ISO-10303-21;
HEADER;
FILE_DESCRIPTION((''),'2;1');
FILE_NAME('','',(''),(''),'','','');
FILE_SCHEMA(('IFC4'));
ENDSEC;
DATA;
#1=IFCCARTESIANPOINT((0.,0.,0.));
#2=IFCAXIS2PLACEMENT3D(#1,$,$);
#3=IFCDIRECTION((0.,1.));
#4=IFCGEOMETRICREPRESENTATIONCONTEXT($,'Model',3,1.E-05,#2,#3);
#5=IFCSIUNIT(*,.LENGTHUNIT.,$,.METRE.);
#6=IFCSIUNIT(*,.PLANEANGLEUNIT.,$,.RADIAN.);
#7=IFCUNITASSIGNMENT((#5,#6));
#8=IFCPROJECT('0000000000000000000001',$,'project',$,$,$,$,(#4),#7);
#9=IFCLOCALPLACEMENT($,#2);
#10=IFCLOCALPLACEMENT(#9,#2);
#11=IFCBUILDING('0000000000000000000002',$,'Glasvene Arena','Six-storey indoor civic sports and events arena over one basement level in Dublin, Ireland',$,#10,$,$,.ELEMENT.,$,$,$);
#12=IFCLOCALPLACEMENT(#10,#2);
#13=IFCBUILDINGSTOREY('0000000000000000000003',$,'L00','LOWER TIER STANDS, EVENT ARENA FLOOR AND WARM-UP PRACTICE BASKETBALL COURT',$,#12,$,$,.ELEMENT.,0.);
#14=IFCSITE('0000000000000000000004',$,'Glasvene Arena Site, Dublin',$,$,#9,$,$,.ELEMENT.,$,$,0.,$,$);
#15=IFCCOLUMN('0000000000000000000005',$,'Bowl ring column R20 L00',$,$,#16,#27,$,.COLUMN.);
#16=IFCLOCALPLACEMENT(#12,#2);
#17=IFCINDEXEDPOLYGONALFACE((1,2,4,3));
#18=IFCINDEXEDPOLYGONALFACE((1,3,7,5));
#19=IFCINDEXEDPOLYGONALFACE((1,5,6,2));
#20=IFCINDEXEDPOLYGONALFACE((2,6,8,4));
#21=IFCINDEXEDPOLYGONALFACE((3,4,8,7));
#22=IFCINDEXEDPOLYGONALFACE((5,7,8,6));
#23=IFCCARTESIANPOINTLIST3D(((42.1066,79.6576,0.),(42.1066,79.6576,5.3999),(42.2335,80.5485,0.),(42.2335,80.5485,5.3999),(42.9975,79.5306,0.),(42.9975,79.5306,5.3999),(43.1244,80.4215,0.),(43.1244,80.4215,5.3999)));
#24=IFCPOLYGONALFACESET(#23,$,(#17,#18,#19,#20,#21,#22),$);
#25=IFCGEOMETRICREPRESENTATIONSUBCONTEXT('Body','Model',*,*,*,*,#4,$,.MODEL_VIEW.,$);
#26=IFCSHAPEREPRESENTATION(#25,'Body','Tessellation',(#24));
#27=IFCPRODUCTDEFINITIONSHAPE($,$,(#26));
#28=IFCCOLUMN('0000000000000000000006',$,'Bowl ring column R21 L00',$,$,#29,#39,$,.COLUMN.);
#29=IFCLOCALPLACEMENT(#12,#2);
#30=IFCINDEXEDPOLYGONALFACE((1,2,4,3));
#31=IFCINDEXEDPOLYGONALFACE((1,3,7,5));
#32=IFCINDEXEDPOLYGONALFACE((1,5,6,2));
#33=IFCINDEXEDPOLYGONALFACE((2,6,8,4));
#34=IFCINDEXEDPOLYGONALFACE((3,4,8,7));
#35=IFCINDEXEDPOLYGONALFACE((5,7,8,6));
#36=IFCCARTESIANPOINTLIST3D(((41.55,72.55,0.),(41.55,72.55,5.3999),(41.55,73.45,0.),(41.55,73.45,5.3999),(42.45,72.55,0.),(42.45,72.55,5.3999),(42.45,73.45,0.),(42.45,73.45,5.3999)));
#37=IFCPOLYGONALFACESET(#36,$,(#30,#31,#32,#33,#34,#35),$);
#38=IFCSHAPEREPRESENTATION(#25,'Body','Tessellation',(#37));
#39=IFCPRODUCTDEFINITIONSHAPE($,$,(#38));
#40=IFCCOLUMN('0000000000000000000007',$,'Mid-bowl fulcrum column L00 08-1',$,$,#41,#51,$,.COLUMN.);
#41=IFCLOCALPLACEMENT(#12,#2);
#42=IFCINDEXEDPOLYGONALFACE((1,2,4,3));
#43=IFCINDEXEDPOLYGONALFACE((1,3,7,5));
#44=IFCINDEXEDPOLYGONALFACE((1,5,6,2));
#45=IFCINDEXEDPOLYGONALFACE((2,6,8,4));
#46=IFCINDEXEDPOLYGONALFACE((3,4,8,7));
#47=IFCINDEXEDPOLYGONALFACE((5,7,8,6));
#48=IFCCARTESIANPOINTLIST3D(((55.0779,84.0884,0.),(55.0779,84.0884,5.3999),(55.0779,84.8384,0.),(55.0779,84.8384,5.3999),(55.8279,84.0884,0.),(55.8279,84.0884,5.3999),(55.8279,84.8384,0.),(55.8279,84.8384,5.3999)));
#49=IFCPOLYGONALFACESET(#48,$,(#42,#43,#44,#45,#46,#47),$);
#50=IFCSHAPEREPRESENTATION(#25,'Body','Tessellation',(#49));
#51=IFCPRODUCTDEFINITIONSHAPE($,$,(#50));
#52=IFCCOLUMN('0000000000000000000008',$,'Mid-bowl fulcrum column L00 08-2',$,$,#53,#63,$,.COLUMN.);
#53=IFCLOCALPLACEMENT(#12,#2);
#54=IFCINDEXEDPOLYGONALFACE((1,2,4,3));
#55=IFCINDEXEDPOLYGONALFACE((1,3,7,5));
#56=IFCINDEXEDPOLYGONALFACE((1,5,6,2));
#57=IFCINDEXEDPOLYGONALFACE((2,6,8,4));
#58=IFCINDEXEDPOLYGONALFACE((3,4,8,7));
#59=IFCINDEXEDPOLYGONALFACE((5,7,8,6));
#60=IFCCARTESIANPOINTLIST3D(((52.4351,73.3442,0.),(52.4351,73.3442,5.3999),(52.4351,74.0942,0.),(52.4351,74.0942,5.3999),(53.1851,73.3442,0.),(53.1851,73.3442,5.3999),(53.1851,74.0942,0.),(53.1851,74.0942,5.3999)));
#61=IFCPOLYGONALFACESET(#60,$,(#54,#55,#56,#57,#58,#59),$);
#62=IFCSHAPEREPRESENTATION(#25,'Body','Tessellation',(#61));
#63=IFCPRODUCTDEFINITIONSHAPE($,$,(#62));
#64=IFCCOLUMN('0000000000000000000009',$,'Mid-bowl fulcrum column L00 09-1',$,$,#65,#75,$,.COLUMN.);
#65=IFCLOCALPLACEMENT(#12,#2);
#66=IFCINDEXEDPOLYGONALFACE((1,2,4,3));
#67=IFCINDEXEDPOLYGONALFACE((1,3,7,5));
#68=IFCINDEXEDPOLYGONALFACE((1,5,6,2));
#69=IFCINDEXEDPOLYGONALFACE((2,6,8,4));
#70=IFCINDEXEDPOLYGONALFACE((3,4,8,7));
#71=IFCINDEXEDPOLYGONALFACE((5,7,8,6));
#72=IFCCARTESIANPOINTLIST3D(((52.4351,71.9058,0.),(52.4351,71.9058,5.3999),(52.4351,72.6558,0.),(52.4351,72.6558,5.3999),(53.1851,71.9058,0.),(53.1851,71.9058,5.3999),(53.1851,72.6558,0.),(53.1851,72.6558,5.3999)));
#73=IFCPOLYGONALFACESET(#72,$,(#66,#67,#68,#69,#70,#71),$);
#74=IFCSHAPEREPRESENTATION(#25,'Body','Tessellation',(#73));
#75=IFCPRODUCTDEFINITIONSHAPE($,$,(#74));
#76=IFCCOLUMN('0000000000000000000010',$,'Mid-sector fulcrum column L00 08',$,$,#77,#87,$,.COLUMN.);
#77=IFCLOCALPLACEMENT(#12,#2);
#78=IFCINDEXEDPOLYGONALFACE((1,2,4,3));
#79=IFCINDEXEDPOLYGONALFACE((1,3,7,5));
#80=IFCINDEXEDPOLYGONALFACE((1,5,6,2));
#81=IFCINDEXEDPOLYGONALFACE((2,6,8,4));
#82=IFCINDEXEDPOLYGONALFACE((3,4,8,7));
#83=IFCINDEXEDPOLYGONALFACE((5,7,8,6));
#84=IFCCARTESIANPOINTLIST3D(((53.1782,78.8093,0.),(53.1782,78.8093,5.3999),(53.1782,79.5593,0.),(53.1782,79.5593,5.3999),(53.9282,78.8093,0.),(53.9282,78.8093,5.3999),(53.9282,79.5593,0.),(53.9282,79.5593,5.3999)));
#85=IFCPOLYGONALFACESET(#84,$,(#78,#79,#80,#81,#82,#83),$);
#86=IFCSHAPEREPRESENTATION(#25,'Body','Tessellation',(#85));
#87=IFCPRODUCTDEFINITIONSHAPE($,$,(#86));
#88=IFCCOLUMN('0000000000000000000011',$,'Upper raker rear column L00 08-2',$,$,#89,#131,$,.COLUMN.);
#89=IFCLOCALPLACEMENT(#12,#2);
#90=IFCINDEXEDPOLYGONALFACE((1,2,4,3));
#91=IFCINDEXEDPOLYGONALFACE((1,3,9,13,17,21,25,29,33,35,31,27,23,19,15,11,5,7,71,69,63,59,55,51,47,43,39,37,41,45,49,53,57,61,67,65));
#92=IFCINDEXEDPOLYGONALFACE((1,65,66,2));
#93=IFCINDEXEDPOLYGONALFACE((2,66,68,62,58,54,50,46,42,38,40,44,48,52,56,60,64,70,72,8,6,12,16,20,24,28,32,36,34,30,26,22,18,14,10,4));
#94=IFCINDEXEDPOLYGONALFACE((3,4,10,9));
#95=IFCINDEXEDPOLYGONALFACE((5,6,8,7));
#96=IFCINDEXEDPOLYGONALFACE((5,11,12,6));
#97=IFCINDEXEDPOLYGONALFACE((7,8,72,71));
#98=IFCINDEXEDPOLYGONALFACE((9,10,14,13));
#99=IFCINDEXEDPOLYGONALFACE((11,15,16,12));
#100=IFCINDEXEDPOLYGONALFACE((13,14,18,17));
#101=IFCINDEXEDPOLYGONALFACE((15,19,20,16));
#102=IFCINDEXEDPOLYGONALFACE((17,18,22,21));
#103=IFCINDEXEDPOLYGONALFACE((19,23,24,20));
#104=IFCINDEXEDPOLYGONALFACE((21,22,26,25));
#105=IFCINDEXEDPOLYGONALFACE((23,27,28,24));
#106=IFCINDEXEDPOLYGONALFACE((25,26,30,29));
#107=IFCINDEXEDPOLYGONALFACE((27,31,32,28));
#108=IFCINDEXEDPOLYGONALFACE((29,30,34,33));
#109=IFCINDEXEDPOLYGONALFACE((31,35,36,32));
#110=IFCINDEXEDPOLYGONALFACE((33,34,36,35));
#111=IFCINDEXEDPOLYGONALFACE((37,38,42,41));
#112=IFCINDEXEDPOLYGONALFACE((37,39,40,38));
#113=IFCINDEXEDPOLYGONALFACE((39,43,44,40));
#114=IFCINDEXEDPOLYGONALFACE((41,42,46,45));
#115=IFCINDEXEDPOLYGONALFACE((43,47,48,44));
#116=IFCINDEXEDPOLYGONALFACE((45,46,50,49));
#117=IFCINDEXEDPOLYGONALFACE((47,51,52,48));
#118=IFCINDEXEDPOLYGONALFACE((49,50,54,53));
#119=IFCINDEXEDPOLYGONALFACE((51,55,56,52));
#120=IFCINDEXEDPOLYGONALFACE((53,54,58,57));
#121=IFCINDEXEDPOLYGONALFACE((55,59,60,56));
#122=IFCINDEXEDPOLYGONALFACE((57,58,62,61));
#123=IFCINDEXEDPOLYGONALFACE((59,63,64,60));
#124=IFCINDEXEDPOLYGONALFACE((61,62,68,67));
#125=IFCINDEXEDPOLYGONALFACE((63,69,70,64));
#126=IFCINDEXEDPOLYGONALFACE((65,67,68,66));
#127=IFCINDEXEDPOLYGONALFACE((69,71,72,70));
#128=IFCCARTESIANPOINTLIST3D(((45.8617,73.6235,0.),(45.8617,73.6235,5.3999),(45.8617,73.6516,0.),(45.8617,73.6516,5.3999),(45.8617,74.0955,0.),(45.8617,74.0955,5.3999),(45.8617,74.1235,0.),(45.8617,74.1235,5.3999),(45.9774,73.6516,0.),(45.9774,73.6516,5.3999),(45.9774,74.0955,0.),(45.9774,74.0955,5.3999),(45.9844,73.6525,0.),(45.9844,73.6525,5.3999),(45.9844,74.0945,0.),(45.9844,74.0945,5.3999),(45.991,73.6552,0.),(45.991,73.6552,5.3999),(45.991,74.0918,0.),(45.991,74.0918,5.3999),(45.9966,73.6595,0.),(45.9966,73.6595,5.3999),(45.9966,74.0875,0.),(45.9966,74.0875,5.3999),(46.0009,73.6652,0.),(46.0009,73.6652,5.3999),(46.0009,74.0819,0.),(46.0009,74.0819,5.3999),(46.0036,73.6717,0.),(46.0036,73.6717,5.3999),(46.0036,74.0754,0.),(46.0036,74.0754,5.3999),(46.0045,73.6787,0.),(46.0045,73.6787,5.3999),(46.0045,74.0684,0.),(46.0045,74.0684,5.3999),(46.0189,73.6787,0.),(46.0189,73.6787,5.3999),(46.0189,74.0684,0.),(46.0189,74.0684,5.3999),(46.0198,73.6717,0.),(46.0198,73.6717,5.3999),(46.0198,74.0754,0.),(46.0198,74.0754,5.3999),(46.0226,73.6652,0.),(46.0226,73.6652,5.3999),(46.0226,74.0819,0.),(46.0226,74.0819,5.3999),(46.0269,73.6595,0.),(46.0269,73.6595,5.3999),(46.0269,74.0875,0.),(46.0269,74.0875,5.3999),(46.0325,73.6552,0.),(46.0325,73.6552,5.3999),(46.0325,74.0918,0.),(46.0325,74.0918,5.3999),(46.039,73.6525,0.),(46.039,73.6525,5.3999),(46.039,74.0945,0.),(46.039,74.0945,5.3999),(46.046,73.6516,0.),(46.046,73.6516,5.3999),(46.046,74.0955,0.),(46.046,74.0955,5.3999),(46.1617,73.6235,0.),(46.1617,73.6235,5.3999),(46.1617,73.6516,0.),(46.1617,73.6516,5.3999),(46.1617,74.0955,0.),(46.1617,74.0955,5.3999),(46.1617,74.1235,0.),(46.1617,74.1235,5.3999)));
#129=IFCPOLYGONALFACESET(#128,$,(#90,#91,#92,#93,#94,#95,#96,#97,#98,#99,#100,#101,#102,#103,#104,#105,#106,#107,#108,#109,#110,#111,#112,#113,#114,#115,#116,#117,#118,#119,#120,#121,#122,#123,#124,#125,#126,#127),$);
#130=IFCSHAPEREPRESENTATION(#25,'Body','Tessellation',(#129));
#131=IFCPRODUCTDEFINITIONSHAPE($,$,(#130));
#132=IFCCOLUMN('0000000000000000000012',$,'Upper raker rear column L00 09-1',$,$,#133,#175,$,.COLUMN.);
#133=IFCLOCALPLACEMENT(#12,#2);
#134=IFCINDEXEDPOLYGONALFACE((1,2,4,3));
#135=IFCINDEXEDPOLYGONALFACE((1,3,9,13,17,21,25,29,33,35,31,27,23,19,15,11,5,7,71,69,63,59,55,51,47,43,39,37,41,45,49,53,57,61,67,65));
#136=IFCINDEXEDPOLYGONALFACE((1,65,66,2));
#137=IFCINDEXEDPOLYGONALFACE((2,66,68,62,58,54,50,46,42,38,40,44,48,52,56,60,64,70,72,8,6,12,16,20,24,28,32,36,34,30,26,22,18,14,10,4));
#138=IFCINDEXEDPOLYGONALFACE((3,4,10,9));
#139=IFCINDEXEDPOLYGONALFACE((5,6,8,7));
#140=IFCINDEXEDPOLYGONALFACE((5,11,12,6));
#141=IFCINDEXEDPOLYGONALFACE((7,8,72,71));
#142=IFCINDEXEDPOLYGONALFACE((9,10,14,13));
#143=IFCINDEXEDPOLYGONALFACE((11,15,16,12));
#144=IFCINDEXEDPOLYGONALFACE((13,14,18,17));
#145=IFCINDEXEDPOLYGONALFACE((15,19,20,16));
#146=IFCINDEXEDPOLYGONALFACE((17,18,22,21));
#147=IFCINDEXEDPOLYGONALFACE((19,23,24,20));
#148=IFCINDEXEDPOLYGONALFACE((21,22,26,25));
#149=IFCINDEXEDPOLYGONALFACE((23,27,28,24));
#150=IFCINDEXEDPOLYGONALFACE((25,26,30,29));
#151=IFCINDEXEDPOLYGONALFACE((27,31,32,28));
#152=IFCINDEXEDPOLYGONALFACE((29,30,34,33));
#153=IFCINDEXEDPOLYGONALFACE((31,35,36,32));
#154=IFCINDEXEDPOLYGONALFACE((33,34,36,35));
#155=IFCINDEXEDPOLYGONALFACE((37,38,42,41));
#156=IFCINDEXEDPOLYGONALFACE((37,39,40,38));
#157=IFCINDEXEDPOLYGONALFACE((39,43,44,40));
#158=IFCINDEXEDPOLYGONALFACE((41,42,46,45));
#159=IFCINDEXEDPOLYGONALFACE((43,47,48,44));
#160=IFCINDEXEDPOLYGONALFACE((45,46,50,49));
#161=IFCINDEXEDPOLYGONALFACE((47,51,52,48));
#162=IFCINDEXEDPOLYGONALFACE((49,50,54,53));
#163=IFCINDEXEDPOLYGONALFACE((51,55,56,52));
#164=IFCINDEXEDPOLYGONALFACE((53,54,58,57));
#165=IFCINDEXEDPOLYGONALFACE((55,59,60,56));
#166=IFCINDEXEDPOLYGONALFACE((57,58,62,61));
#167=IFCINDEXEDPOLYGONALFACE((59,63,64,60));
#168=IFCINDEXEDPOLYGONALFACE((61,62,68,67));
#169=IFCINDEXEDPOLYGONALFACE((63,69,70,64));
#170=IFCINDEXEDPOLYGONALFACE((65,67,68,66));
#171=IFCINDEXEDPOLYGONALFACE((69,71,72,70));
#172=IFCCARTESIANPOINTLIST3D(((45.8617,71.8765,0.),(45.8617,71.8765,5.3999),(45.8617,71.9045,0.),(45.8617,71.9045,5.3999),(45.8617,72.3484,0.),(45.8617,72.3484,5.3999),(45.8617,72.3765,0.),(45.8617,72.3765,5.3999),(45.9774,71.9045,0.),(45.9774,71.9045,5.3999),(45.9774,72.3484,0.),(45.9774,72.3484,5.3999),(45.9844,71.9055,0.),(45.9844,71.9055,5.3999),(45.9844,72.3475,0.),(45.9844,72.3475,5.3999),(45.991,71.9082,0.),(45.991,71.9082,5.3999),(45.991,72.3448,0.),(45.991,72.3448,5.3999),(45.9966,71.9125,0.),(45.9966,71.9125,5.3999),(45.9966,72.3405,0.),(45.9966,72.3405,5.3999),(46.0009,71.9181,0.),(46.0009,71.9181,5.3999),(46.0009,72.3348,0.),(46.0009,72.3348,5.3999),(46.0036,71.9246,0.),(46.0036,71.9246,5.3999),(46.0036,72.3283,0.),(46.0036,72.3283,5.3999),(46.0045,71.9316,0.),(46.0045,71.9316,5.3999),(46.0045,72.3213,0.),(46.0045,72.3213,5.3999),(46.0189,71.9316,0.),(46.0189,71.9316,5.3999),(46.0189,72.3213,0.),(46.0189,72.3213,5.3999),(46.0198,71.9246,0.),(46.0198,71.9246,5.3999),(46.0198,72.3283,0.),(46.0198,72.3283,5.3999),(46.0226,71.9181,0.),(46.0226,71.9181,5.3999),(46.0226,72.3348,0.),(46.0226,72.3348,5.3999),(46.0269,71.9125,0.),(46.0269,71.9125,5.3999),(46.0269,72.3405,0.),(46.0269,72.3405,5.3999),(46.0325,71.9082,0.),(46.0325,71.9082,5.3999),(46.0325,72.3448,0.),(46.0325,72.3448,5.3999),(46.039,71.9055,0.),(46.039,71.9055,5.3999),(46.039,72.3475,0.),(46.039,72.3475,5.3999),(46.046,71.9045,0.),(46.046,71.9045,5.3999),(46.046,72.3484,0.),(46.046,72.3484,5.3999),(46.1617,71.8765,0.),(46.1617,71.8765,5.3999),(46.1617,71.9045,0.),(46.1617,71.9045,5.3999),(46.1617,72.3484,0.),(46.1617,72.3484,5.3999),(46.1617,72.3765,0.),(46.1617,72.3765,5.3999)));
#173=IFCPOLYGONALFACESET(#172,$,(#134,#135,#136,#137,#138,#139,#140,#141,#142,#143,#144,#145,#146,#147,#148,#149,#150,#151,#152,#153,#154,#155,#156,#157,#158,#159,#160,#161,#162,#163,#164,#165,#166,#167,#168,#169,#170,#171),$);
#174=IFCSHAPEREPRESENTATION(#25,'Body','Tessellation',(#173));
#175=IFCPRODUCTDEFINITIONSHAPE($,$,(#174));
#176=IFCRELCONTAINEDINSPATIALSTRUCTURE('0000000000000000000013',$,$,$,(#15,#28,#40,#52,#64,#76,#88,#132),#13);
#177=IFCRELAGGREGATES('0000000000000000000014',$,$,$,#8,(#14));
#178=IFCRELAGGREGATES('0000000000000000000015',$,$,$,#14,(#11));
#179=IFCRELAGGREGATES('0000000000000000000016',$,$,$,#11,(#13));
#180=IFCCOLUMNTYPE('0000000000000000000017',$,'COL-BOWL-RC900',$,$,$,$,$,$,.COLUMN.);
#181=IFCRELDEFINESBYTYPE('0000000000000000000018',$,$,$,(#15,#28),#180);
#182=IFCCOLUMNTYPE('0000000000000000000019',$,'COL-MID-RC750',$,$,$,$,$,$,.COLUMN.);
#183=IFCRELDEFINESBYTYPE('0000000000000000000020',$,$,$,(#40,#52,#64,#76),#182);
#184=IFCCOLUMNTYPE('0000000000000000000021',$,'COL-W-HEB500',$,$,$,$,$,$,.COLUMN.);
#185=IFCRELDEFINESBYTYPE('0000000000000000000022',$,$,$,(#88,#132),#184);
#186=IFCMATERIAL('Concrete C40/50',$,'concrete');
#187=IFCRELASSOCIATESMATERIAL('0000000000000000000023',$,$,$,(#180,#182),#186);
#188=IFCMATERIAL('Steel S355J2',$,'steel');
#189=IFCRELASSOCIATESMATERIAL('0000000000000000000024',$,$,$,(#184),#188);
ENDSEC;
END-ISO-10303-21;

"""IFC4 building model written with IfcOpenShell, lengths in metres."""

from ifc_helpers import new_model, si_unit, direction, frame, origin, origin_2d, place, context, subcontext, project, spatial, rectangle, i_section, extrude, material, material_profile, profile_set, type_object, element, save


model = new_model("IFC4")

# Units and contexts
model_context = context("Model", 3, precision=1e-05, world=origin(), true_north=direction((0.0, 1.0)))
body_context = subcontext(model_context, "Body", "Model", "MODEL_VIEW")
ifc_project = project(units=[si_unit("LENGTHUNIT", "METRE"), si_unit("PLANEANGLEUNIT", "RADIAN")], contexts=[model_context])

# Site, building, storey
site_placement = place(None, origin())
site = spatial("IfcSite", under=ifc_project, at=site_placement, Name="Glasvene Arena Site, Dublin", CompositionType="ELEMENT", RefElevation=0.0)
building_placement = place(site_placement, origin())
building = spatial("IfcBuilding", under=site, at=building_placement, Name="Glasvene Arena", Description="Six-storey indoor civic sports and events arena over one basement level in Dublin, Ireland", CompositionType="ELEMENT")
storey_placement = place(building_placement, origin())
storey = spatial("IfcBuildingStorey", under=building, at=storey_placement, Name="L00", Description="LOWER TIER STANDS, EVENT ARENA FLOOR AND WARM-UP PRACTICE BASKETBALL COURT", CompositionType="ELEMENT", Elevation=0.0)

# Columns
ifc_material_1 = material(Name="Concrete C40/50", Category="concrete")
ifc_material_profile_1 = material_profile(ifc_material_1, rectangle(XDim=0.8999, YDim=0.8999, at=origin_2d()), Name="RC 900x900")
ifc_profile_set_1 = profile_set([ifc_material_profile_1], Name="Concrete C40/50")
column_type_1 = type_object("IfcColumnType", Name="COL-BOWL-RC900", PredefinedType="COLUMN", material=ifc_profile_set_1)
for number, where, z_axis, x_axis, name in (
    (1, (42.6155, 80.0396, 0.0), (0.0, 0.0, 1.0), (-0.989999, 0.141074, 0.0), "Bowl ring column R20 L00"),
    (2, (42.0, 73.0, 0.0), (0.0, 0.0, 1.0), (-1.0, 0.0, 0.0), "Bowl ring column R21 L00"),
):
    element("IfcColumn", number, at=place(storey_placement, frame(where, z_axis=z_axis, x_axis=x_axis)), inside=storey, type_object=column_type_1, Name=name, PredefinedType="COLUMN", context=body_context, shape_type="SweptSolid", body=[
        extrude(rectangle(XDim=0.8999, YDim=0.8999, at=origin_2d()), origin(), (0.0, 0.0, 1.0), 5.3999),
    ])
ifc_material_profile_2 = material_profile(ifc_material_1, rectangle(XDim=0.75, YDim=0.75, at=origin_2d()), Name="RC 750x750")
ifc_profile_set_2 = profile_set([ifc_material_profile_2], Name="Concrete C40/50")
column_type_2 = type_object("IfcColumnType", Name="COL-MID-RC750", PredefinedType="COLUMN", material=ifc_profile_set_2)
for number, where, z_axis, x_axis, name in (
    (3, (55.4529, 84.4634, 0.0), (0.0, 0.0, 1.0), (1.0, 0.0, 0.0), "Mid-bowl fulcrum column L00 08-1"),
    (4, (52.8101, 73.7192, 0.0), (0.0, 0.0, 1.0), (1.0, 0.0, 0.0), "Mid-bowl fulcrum column L00 08-2"),
    (5, (52.8101, 72.2808, 0.0), (0.0, 0.0, 1.0), (1.0, 0.0, 0.0), "Mid-bowl fulcrum column L00 09-1"),
    (6, (53.5532, 79.1843, 0.0), (0.0, 0.0, 1.0), (1.0, 0.0, 0.0), "Mid-sector fulcrum column L00 08"),
):
    element("IfcColumn", number, at=place(storey_placement, frame(where, z_axis=z_axis, x_axis=x_axis)), inside=storey, type_object=column_type_2, Name=name, PredefinedType="COLUMN", context=body_context, shape_type="SweptSolid", body=[
        extrude(rectangle(XDim=0.75, YDim=0.75, at=origin_2d()), origin(), (0.0, 0.0, 1.0), 5.3999),
    ])
ifc_material_2 = material(Name="Steel S355J2", Category="steel")
ifc_material_profile_3 = material_profile(ifc_material_2, i_section(OverallWidth=0.3, OverallDepth=0.5, WebThickness=0.0144, FlangeThickness=0.0281, FilletRadius=0.0271, at=origin_2d()), Name="HEB 500")
ifc_profile_set_3 = profile_set([ifc_material_profile_3], Name="Steel S355J2")
column_type_3 = type_object("IfcColumnType", Name="COL-W-HEB500", PredefinedType="COLUMN", material=ifc_profile_set_3)
for number, where, z_axis, x_axis, name in (
    (7, (46.0117, 73.8735, 0.0), (0.0, 0.0, 1.0), (1.0, 0.0, 0.0), "Upper raker rear column L00 08-2"),
    (8, (46.0117, 72.1265, 0.0), (0.0, 0.0, 1.0), (1.0, 0.0, 0.0), "Upper raker rear column L00 09-1"),
):
    element("IfcColumn", number, at=place(storey_placement, frame(where, z_axis=z_axis, x_axis=x_axis)), inside=storey, type_object=column_type_3, Name=name, PredefinedType="COLUMN", context=body_context, shape_type="SweptSolid", body=[
        extrude(i_section(OverallWidth=0.3, OverallDepth=0.5, WebThickness=0.0144, FlangeThickness=0.0281, FilletRadius=0.0271, at=origin_2d()), origin(), (0.0, 0.0, 1.0), 5.3999),
    ])

save(model, "model.ifc")
